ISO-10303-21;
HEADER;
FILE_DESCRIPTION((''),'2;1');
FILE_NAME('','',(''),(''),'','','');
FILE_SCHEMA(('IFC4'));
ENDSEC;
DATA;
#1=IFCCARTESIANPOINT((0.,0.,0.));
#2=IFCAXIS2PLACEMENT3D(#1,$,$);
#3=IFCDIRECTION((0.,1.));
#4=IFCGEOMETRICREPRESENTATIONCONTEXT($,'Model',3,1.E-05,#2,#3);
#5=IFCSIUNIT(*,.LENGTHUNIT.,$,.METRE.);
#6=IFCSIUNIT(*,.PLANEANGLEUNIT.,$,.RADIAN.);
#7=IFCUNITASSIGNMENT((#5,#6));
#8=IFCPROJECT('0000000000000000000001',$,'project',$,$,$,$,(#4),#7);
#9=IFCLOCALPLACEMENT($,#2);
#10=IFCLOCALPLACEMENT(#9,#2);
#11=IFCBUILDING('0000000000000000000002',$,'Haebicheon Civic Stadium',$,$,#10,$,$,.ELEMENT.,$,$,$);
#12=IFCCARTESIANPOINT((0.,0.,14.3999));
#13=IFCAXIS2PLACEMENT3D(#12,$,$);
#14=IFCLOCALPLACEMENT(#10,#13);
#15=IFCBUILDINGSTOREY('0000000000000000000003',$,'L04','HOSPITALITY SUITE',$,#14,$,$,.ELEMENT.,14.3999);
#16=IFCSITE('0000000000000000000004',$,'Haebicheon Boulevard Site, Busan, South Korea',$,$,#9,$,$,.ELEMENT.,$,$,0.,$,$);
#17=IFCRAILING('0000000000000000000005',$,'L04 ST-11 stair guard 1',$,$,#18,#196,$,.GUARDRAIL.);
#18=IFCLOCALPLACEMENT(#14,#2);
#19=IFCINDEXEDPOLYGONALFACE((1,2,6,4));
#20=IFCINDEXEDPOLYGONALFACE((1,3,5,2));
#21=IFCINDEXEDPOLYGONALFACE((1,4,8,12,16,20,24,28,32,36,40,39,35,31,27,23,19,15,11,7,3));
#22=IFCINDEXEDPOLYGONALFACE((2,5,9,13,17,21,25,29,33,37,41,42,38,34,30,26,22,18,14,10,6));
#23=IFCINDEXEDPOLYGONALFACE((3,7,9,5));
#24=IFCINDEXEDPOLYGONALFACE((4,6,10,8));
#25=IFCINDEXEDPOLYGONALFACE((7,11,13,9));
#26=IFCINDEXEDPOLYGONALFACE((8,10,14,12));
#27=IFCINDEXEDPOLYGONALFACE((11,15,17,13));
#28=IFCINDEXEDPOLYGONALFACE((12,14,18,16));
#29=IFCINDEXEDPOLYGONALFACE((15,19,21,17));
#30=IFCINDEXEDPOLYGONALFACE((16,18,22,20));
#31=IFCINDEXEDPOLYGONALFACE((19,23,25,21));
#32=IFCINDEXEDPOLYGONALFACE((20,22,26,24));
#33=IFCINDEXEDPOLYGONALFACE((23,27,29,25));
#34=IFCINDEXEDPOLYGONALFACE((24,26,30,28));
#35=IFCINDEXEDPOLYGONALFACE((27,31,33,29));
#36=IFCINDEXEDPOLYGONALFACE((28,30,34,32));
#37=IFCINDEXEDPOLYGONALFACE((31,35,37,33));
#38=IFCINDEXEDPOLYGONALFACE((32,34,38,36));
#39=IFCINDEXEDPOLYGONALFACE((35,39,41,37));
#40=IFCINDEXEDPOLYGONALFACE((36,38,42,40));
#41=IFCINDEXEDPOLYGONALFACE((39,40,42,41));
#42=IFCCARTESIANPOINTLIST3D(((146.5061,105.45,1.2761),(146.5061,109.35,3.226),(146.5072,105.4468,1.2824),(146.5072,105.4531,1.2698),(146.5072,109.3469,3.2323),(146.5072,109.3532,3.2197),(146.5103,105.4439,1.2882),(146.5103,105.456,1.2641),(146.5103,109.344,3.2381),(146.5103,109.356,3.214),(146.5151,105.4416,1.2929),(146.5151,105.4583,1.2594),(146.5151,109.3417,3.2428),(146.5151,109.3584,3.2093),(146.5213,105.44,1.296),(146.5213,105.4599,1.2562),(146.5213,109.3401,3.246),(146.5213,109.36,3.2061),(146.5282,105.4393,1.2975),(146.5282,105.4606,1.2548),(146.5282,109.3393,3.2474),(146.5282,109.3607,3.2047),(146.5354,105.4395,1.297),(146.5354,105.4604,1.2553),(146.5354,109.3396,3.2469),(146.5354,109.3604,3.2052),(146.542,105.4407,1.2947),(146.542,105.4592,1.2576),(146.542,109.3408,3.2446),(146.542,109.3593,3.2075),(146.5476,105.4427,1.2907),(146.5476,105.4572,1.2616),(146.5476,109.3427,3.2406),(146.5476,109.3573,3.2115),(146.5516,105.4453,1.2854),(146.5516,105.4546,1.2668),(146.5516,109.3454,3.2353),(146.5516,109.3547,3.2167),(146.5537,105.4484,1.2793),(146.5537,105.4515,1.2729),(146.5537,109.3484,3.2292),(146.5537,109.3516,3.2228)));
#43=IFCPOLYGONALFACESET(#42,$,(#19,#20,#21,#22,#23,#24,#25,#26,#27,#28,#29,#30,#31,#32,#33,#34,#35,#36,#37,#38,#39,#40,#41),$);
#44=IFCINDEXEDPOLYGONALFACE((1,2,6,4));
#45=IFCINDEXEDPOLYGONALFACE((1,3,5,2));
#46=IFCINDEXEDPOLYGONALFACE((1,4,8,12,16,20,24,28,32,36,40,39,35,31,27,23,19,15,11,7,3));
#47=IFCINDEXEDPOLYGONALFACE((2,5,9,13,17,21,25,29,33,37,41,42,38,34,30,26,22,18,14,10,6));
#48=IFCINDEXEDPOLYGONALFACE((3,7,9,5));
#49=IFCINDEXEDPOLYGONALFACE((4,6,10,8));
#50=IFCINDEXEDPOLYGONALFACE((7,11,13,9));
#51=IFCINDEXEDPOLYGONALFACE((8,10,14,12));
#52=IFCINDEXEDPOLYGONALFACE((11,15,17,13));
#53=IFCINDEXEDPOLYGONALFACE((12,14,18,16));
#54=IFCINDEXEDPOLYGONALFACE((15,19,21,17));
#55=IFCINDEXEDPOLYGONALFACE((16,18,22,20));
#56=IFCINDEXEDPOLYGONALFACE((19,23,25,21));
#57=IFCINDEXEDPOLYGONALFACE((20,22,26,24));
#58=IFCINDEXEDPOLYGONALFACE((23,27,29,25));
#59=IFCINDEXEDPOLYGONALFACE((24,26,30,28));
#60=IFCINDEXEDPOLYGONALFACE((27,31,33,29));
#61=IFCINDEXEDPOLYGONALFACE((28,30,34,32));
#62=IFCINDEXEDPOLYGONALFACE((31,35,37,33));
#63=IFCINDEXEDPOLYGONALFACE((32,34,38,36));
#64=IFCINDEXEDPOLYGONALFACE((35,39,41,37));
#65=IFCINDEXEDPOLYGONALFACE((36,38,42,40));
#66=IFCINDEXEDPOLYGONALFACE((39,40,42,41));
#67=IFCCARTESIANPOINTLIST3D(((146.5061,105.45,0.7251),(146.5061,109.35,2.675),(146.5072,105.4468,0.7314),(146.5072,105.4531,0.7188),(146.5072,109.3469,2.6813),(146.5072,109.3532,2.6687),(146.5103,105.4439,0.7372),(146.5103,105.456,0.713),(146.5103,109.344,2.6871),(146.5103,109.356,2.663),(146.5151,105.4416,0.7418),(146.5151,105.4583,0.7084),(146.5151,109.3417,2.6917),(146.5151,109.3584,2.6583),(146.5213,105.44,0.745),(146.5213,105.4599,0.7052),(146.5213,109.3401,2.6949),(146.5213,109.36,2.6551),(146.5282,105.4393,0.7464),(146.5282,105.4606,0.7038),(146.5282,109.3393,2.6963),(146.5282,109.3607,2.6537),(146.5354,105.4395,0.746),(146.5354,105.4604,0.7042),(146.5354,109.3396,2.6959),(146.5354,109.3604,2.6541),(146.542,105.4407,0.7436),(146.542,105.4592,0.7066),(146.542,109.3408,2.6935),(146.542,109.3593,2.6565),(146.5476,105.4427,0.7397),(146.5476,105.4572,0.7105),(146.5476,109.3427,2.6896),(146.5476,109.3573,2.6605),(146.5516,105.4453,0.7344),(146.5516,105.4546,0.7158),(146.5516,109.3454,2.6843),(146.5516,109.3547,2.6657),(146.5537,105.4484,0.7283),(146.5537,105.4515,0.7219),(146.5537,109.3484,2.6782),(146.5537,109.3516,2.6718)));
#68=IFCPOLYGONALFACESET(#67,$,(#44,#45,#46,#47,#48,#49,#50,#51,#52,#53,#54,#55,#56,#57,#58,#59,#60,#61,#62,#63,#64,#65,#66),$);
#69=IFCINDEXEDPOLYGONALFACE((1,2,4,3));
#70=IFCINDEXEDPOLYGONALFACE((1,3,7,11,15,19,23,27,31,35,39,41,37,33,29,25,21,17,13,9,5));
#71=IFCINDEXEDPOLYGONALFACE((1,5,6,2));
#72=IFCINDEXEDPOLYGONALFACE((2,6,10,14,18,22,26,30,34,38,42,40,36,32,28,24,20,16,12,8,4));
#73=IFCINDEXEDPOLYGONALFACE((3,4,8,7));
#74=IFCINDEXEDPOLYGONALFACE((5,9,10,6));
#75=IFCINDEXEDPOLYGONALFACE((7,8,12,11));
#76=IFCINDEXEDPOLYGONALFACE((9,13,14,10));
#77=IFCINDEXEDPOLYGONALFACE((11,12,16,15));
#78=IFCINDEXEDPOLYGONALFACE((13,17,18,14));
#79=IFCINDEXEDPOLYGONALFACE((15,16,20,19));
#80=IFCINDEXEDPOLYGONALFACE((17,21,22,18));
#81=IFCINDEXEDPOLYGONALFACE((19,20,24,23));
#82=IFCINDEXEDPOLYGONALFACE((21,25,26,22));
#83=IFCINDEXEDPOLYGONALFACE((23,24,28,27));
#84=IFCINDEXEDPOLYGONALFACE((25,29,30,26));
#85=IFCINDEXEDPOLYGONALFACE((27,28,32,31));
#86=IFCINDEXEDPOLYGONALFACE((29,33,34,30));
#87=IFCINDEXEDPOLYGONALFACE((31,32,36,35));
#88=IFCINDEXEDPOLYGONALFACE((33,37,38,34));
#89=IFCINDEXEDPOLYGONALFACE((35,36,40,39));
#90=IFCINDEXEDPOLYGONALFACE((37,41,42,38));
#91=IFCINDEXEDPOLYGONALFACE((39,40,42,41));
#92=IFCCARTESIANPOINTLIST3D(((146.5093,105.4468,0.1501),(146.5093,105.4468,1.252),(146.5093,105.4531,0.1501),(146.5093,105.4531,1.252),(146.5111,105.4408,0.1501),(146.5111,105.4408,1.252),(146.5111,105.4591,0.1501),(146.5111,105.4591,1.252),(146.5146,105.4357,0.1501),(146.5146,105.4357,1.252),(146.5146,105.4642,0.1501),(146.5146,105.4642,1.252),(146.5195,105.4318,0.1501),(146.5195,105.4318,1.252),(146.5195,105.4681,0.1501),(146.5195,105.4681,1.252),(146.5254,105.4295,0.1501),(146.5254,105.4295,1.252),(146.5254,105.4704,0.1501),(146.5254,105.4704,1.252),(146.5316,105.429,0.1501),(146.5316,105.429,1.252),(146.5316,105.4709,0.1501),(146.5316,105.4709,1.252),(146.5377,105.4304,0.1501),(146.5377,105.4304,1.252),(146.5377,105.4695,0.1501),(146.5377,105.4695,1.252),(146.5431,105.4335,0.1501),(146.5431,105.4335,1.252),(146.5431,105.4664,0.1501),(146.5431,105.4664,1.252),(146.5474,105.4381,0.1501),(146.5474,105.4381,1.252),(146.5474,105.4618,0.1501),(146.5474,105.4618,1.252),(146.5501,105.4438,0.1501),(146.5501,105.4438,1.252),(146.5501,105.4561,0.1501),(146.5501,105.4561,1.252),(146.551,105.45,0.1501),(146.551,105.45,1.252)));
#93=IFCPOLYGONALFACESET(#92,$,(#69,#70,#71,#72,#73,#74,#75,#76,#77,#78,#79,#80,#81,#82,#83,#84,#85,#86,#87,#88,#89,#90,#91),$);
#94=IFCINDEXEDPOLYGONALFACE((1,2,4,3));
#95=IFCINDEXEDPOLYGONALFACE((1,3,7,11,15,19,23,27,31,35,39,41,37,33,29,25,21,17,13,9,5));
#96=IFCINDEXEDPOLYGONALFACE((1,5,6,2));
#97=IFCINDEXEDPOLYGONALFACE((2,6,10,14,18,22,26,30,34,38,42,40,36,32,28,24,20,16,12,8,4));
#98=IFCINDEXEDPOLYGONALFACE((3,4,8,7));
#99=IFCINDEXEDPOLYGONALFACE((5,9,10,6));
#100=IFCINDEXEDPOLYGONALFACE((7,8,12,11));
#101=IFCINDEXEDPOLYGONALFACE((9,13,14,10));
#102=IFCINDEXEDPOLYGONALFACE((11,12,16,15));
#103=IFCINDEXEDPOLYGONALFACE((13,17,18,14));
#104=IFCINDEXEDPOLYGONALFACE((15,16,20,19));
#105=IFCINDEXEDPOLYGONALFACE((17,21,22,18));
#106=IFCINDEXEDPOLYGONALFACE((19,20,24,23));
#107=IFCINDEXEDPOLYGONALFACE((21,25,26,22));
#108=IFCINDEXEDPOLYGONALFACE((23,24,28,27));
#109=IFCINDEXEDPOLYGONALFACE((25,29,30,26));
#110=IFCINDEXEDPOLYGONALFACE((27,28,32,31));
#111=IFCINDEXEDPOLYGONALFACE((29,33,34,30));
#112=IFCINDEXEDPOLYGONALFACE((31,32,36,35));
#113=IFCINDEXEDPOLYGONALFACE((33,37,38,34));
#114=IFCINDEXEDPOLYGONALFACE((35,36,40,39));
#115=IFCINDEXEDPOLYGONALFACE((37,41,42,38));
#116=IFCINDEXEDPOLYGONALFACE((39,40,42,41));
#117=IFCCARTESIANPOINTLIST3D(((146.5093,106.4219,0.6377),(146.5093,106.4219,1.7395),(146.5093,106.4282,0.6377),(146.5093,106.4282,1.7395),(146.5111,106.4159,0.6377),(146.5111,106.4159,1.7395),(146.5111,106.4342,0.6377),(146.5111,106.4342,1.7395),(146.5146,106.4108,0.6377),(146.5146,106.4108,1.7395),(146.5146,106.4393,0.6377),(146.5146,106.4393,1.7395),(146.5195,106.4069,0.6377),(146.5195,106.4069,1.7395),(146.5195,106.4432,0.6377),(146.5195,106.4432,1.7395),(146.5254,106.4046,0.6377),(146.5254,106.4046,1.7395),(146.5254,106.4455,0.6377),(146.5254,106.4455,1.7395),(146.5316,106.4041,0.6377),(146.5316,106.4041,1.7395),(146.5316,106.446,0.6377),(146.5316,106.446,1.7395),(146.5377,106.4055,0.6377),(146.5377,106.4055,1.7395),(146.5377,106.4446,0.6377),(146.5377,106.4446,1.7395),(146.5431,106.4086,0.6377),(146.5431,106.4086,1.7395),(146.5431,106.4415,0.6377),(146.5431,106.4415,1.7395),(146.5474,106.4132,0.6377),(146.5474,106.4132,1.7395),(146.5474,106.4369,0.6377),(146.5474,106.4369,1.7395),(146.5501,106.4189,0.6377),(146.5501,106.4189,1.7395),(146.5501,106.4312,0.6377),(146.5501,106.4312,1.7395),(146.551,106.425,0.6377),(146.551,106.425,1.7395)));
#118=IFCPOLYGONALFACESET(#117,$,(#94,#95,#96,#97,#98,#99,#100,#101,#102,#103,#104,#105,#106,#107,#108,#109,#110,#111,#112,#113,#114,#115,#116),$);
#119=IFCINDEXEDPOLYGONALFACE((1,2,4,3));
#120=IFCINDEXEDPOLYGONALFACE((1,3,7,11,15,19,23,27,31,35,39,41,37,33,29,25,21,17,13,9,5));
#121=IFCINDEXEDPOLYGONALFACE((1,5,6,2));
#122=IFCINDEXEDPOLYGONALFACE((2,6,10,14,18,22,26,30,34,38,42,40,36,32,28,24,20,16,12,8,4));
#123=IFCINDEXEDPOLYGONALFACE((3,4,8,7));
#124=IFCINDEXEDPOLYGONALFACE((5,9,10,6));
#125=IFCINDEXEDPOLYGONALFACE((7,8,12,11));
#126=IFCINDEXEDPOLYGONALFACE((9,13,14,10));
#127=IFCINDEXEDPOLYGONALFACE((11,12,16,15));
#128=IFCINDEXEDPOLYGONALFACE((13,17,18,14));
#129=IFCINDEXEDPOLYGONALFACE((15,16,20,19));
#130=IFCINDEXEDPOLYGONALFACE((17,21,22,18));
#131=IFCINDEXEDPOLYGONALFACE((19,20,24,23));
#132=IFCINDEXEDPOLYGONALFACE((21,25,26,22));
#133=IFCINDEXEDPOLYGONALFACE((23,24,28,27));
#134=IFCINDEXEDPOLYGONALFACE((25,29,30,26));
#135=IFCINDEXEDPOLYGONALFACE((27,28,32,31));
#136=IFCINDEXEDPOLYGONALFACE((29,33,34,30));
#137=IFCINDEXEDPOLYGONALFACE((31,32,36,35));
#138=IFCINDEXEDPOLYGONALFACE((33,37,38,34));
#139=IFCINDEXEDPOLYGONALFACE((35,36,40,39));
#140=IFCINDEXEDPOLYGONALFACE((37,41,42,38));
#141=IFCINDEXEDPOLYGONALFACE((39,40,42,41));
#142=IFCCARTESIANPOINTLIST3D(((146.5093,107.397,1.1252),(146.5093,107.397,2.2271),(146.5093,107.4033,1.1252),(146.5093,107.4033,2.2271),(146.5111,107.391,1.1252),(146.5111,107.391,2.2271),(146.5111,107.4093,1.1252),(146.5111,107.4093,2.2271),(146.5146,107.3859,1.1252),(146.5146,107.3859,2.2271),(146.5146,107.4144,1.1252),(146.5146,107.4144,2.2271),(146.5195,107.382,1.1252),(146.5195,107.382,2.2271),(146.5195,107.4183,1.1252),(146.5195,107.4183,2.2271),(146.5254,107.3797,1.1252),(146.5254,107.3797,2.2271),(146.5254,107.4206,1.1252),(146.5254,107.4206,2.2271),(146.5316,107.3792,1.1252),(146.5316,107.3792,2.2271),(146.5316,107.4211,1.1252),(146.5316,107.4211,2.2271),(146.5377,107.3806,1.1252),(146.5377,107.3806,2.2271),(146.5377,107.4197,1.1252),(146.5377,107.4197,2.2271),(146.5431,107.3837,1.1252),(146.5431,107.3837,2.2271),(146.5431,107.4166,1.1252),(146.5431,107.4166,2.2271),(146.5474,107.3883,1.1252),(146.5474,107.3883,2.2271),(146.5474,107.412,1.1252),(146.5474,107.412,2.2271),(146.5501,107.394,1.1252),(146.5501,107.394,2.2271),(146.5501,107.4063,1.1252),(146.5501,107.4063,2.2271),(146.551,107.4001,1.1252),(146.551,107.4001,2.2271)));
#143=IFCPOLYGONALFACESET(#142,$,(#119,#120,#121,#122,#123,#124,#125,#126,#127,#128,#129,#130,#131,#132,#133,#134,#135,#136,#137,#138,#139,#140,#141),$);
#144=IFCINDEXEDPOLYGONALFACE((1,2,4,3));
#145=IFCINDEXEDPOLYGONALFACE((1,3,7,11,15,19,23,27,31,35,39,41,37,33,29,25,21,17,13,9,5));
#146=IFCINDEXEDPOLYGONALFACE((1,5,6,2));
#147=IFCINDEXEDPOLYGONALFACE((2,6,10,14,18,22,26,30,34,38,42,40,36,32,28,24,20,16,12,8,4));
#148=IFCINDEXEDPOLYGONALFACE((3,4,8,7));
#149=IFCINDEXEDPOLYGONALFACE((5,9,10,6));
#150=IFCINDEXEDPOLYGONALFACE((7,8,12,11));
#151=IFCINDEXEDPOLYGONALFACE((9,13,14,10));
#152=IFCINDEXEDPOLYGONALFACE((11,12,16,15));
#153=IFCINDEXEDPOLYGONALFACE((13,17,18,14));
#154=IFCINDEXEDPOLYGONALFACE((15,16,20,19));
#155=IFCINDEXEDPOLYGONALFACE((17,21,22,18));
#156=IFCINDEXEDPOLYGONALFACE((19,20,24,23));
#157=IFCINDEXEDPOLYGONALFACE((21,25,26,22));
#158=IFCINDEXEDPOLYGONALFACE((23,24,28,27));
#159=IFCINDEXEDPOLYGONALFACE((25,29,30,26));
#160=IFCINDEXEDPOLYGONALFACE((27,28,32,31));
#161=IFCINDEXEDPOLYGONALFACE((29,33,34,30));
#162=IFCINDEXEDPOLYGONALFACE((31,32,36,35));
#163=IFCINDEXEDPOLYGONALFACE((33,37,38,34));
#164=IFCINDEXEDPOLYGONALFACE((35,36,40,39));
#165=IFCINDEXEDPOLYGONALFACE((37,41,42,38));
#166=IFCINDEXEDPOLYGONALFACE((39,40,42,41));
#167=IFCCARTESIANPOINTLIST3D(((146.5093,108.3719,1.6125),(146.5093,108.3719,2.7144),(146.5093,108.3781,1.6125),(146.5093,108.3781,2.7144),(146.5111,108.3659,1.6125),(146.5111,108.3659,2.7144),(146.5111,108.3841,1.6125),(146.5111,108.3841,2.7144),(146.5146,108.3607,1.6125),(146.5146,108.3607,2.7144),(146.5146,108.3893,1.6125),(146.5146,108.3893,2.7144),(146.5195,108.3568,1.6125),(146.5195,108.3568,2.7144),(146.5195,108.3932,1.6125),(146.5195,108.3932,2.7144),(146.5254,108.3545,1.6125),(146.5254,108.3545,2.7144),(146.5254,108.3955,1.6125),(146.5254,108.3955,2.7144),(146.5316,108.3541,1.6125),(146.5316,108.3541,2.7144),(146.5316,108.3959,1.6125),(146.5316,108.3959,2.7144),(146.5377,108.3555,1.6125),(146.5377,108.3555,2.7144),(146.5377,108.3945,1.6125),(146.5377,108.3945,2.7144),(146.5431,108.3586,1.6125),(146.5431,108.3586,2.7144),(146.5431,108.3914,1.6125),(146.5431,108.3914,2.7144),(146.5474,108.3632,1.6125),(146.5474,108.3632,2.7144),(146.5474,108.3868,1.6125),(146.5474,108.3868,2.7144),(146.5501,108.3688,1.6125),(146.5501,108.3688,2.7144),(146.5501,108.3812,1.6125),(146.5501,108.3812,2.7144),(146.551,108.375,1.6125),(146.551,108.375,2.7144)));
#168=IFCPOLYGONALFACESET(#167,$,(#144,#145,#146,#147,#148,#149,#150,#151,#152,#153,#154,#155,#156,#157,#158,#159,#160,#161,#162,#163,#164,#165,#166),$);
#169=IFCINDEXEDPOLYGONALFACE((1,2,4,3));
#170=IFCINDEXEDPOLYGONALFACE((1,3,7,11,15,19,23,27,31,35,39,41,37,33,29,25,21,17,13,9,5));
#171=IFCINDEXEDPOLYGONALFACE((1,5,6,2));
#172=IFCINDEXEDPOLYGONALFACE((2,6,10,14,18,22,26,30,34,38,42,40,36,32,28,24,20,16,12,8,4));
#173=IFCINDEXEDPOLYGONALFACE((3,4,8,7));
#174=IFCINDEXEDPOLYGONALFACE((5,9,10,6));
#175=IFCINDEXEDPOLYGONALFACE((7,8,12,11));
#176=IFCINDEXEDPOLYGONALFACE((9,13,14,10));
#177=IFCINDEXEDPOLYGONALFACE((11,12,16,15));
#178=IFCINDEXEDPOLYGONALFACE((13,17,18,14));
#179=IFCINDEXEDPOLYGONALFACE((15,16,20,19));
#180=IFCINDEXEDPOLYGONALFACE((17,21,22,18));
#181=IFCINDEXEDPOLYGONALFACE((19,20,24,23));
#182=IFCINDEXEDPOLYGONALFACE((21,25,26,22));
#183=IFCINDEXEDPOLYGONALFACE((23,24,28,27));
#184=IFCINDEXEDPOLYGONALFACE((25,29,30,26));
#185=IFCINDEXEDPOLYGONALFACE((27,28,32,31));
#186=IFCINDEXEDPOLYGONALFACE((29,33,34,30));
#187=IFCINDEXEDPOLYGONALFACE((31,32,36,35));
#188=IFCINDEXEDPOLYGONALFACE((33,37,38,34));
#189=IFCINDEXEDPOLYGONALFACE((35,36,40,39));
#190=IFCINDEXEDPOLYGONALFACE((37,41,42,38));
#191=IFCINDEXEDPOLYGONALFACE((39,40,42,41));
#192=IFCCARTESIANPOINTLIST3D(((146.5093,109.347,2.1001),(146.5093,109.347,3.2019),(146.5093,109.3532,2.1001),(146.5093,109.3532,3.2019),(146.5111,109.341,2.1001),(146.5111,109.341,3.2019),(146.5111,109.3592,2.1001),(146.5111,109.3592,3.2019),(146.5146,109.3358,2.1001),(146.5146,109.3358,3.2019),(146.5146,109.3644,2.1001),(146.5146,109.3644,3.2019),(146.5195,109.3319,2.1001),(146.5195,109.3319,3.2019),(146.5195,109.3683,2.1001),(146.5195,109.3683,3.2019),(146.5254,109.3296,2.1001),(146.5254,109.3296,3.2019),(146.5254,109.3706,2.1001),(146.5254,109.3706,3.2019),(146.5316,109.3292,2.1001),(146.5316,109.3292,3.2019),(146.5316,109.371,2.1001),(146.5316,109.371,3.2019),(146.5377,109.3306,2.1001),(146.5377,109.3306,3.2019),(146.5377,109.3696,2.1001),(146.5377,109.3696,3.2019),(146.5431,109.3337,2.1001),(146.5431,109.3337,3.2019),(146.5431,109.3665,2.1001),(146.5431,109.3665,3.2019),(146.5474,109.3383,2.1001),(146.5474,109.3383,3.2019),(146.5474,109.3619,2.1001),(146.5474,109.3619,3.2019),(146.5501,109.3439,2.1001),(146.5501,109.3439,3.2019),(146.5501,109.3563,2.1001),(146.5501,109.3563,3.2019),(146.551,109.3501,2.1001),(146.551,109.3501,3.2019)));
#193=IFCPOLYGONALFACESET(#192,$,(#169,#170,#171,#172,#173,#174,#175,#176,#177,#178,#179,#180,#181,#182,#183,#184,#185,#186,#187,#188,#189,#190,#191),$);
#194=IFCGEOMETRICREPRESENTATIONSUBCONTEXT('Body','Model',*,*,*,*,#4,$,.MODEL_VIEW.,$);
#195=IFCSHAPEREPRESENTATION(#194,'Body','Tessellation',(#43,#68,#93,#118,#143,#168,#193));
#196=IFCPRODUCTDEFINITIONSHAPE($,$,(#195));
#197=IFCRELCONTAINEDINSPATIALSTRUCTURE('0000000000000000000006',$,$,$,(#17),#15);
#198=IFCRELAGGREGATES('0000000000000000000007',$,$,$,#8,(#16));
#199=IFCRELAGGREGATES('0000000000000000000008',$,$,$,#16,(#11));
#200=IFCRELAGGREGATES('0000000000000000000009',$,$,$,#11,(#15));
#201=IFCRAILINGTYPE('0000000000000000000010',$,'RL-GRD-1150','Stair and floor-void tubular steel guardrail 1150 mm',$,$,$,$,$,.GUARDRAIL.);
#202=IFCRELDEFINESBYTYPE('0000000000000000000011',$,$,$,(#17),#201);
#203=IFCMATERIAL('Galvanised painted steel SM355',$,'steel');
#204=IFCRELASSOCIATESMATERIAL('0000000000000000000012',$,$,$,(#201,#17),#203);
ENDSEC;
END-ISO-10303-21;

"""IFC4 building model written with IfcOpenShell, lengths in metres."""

from ifc_helpers import new_model, si_unit, direction, frame, origin, origin_2d, place, context, subcontext, project, spatial, circle, extrude, material, type_object, element, save


model = new_model("IFC4")

# Units and contexts
model_context = context("Model", 3, precision=1e-05, world=origin(), true_north=direction((0.0, 1.0)))
body_context = subcontext(model_context, "Body", "Model", "MODEL_VIEW")
ifc_project = project(units=[si_unit("LENGTHUNIT", "METRE"), si_unit("PLANEANGLEUNIT", "RADIAN")], contexts=[model_context])

# Site, building, storey
site_placement = place(None, origin())
site = spatial("IfcSite", under=ifc_project, at=site_placement, Name="Haebicheon Boulevard Site, Busan, South Korea", CompositionType="ELEMENT", RefElevation=0.0)
building_placement = place(site_placement, origin())
building = spatial("IfcBuilding", under=site, at=building_placement, Name="Haebicheon Civic Stadium", CompositionType="ELEMENT")
storey_placement = place(building_placement, frame((0.0, 0.0, 14.3999)))
storey = spatial("IfcBuildingStorey", under=building, at=storey_placement, Name="L04", Description="HOSPITALITY SUITE", CompositionType="ELEMENT", Elevation=14.3999)

# Railing
ifc_material_1 = material(Name="Galvanised painted steel SM355", Category="steel")
railing_type_1 = type_object("IfcRailingType", Name="RL-GRD-1150", Description="Stair and floor-void tubular steel guardrail 1150 mm", PredefinedType="GUARDRAIL", material=ifc_material_1)
railing_1_placement = place(storey_placement, frame((146.53, 105.45, 0.1501)))
element("IfcRailing", 1, at=railing_1_placement, inside=storey, type_object=railing_type_1, material=ifc_material_1, Name="L04 ST-11 stair guard 1", PredefinedType="GUARDRAIL", context=body_context, shape_type="SweptSolid", body=[
    extrude(circle(Radius=0.0239, at=origin_2d()), frame((0.0, 0.0, 1.126), z_axis=(0.0, 0.894438, 0.447191), x_axis=(-1.0, 0.0, 0.0)), (0.0, 0.0, 1.0), 4.3604),
    extrude(circle(Radius=0.0239, at=origin_2d()), frame((0.0, 0.0, 0.575), z_axis=(0.0, 0.894438, 0.447191), x_axis=(-1.0, 0.0, 0.0)), (0.0, 0.0, 1.0), 4.3604),
    extrude(circle(Radius=0.021, at=origin_2d()), origin(), (0.0, 0.0, 1.0), 1.1018),
    extrude(circle(Radius=0.021, at=origin_2d()), frame((0.0, 0.9751, 0.4875)), (0.0, 0.0, 1.0), 1.1018),
    extrude(circle(Radius=0.021, at=origin_2d()), frame((0.0, 1.9502, 0.9751)), (0.0, 0.0, 1.0), 1.1018),
    extrude(circle(Radius=0.021, at=origin_2d()), frame((0.0, 2.925, 1.4624)), (0.0, 0.0, 1.0), 1.1018),
    extrude(circle(Radius=0.021, at=origin_2d()), frame((0.0, 3.9001, 1.95)), (0.0, 0.0, 1.0), 1.1018),
])

save(model, "model.ifc")
